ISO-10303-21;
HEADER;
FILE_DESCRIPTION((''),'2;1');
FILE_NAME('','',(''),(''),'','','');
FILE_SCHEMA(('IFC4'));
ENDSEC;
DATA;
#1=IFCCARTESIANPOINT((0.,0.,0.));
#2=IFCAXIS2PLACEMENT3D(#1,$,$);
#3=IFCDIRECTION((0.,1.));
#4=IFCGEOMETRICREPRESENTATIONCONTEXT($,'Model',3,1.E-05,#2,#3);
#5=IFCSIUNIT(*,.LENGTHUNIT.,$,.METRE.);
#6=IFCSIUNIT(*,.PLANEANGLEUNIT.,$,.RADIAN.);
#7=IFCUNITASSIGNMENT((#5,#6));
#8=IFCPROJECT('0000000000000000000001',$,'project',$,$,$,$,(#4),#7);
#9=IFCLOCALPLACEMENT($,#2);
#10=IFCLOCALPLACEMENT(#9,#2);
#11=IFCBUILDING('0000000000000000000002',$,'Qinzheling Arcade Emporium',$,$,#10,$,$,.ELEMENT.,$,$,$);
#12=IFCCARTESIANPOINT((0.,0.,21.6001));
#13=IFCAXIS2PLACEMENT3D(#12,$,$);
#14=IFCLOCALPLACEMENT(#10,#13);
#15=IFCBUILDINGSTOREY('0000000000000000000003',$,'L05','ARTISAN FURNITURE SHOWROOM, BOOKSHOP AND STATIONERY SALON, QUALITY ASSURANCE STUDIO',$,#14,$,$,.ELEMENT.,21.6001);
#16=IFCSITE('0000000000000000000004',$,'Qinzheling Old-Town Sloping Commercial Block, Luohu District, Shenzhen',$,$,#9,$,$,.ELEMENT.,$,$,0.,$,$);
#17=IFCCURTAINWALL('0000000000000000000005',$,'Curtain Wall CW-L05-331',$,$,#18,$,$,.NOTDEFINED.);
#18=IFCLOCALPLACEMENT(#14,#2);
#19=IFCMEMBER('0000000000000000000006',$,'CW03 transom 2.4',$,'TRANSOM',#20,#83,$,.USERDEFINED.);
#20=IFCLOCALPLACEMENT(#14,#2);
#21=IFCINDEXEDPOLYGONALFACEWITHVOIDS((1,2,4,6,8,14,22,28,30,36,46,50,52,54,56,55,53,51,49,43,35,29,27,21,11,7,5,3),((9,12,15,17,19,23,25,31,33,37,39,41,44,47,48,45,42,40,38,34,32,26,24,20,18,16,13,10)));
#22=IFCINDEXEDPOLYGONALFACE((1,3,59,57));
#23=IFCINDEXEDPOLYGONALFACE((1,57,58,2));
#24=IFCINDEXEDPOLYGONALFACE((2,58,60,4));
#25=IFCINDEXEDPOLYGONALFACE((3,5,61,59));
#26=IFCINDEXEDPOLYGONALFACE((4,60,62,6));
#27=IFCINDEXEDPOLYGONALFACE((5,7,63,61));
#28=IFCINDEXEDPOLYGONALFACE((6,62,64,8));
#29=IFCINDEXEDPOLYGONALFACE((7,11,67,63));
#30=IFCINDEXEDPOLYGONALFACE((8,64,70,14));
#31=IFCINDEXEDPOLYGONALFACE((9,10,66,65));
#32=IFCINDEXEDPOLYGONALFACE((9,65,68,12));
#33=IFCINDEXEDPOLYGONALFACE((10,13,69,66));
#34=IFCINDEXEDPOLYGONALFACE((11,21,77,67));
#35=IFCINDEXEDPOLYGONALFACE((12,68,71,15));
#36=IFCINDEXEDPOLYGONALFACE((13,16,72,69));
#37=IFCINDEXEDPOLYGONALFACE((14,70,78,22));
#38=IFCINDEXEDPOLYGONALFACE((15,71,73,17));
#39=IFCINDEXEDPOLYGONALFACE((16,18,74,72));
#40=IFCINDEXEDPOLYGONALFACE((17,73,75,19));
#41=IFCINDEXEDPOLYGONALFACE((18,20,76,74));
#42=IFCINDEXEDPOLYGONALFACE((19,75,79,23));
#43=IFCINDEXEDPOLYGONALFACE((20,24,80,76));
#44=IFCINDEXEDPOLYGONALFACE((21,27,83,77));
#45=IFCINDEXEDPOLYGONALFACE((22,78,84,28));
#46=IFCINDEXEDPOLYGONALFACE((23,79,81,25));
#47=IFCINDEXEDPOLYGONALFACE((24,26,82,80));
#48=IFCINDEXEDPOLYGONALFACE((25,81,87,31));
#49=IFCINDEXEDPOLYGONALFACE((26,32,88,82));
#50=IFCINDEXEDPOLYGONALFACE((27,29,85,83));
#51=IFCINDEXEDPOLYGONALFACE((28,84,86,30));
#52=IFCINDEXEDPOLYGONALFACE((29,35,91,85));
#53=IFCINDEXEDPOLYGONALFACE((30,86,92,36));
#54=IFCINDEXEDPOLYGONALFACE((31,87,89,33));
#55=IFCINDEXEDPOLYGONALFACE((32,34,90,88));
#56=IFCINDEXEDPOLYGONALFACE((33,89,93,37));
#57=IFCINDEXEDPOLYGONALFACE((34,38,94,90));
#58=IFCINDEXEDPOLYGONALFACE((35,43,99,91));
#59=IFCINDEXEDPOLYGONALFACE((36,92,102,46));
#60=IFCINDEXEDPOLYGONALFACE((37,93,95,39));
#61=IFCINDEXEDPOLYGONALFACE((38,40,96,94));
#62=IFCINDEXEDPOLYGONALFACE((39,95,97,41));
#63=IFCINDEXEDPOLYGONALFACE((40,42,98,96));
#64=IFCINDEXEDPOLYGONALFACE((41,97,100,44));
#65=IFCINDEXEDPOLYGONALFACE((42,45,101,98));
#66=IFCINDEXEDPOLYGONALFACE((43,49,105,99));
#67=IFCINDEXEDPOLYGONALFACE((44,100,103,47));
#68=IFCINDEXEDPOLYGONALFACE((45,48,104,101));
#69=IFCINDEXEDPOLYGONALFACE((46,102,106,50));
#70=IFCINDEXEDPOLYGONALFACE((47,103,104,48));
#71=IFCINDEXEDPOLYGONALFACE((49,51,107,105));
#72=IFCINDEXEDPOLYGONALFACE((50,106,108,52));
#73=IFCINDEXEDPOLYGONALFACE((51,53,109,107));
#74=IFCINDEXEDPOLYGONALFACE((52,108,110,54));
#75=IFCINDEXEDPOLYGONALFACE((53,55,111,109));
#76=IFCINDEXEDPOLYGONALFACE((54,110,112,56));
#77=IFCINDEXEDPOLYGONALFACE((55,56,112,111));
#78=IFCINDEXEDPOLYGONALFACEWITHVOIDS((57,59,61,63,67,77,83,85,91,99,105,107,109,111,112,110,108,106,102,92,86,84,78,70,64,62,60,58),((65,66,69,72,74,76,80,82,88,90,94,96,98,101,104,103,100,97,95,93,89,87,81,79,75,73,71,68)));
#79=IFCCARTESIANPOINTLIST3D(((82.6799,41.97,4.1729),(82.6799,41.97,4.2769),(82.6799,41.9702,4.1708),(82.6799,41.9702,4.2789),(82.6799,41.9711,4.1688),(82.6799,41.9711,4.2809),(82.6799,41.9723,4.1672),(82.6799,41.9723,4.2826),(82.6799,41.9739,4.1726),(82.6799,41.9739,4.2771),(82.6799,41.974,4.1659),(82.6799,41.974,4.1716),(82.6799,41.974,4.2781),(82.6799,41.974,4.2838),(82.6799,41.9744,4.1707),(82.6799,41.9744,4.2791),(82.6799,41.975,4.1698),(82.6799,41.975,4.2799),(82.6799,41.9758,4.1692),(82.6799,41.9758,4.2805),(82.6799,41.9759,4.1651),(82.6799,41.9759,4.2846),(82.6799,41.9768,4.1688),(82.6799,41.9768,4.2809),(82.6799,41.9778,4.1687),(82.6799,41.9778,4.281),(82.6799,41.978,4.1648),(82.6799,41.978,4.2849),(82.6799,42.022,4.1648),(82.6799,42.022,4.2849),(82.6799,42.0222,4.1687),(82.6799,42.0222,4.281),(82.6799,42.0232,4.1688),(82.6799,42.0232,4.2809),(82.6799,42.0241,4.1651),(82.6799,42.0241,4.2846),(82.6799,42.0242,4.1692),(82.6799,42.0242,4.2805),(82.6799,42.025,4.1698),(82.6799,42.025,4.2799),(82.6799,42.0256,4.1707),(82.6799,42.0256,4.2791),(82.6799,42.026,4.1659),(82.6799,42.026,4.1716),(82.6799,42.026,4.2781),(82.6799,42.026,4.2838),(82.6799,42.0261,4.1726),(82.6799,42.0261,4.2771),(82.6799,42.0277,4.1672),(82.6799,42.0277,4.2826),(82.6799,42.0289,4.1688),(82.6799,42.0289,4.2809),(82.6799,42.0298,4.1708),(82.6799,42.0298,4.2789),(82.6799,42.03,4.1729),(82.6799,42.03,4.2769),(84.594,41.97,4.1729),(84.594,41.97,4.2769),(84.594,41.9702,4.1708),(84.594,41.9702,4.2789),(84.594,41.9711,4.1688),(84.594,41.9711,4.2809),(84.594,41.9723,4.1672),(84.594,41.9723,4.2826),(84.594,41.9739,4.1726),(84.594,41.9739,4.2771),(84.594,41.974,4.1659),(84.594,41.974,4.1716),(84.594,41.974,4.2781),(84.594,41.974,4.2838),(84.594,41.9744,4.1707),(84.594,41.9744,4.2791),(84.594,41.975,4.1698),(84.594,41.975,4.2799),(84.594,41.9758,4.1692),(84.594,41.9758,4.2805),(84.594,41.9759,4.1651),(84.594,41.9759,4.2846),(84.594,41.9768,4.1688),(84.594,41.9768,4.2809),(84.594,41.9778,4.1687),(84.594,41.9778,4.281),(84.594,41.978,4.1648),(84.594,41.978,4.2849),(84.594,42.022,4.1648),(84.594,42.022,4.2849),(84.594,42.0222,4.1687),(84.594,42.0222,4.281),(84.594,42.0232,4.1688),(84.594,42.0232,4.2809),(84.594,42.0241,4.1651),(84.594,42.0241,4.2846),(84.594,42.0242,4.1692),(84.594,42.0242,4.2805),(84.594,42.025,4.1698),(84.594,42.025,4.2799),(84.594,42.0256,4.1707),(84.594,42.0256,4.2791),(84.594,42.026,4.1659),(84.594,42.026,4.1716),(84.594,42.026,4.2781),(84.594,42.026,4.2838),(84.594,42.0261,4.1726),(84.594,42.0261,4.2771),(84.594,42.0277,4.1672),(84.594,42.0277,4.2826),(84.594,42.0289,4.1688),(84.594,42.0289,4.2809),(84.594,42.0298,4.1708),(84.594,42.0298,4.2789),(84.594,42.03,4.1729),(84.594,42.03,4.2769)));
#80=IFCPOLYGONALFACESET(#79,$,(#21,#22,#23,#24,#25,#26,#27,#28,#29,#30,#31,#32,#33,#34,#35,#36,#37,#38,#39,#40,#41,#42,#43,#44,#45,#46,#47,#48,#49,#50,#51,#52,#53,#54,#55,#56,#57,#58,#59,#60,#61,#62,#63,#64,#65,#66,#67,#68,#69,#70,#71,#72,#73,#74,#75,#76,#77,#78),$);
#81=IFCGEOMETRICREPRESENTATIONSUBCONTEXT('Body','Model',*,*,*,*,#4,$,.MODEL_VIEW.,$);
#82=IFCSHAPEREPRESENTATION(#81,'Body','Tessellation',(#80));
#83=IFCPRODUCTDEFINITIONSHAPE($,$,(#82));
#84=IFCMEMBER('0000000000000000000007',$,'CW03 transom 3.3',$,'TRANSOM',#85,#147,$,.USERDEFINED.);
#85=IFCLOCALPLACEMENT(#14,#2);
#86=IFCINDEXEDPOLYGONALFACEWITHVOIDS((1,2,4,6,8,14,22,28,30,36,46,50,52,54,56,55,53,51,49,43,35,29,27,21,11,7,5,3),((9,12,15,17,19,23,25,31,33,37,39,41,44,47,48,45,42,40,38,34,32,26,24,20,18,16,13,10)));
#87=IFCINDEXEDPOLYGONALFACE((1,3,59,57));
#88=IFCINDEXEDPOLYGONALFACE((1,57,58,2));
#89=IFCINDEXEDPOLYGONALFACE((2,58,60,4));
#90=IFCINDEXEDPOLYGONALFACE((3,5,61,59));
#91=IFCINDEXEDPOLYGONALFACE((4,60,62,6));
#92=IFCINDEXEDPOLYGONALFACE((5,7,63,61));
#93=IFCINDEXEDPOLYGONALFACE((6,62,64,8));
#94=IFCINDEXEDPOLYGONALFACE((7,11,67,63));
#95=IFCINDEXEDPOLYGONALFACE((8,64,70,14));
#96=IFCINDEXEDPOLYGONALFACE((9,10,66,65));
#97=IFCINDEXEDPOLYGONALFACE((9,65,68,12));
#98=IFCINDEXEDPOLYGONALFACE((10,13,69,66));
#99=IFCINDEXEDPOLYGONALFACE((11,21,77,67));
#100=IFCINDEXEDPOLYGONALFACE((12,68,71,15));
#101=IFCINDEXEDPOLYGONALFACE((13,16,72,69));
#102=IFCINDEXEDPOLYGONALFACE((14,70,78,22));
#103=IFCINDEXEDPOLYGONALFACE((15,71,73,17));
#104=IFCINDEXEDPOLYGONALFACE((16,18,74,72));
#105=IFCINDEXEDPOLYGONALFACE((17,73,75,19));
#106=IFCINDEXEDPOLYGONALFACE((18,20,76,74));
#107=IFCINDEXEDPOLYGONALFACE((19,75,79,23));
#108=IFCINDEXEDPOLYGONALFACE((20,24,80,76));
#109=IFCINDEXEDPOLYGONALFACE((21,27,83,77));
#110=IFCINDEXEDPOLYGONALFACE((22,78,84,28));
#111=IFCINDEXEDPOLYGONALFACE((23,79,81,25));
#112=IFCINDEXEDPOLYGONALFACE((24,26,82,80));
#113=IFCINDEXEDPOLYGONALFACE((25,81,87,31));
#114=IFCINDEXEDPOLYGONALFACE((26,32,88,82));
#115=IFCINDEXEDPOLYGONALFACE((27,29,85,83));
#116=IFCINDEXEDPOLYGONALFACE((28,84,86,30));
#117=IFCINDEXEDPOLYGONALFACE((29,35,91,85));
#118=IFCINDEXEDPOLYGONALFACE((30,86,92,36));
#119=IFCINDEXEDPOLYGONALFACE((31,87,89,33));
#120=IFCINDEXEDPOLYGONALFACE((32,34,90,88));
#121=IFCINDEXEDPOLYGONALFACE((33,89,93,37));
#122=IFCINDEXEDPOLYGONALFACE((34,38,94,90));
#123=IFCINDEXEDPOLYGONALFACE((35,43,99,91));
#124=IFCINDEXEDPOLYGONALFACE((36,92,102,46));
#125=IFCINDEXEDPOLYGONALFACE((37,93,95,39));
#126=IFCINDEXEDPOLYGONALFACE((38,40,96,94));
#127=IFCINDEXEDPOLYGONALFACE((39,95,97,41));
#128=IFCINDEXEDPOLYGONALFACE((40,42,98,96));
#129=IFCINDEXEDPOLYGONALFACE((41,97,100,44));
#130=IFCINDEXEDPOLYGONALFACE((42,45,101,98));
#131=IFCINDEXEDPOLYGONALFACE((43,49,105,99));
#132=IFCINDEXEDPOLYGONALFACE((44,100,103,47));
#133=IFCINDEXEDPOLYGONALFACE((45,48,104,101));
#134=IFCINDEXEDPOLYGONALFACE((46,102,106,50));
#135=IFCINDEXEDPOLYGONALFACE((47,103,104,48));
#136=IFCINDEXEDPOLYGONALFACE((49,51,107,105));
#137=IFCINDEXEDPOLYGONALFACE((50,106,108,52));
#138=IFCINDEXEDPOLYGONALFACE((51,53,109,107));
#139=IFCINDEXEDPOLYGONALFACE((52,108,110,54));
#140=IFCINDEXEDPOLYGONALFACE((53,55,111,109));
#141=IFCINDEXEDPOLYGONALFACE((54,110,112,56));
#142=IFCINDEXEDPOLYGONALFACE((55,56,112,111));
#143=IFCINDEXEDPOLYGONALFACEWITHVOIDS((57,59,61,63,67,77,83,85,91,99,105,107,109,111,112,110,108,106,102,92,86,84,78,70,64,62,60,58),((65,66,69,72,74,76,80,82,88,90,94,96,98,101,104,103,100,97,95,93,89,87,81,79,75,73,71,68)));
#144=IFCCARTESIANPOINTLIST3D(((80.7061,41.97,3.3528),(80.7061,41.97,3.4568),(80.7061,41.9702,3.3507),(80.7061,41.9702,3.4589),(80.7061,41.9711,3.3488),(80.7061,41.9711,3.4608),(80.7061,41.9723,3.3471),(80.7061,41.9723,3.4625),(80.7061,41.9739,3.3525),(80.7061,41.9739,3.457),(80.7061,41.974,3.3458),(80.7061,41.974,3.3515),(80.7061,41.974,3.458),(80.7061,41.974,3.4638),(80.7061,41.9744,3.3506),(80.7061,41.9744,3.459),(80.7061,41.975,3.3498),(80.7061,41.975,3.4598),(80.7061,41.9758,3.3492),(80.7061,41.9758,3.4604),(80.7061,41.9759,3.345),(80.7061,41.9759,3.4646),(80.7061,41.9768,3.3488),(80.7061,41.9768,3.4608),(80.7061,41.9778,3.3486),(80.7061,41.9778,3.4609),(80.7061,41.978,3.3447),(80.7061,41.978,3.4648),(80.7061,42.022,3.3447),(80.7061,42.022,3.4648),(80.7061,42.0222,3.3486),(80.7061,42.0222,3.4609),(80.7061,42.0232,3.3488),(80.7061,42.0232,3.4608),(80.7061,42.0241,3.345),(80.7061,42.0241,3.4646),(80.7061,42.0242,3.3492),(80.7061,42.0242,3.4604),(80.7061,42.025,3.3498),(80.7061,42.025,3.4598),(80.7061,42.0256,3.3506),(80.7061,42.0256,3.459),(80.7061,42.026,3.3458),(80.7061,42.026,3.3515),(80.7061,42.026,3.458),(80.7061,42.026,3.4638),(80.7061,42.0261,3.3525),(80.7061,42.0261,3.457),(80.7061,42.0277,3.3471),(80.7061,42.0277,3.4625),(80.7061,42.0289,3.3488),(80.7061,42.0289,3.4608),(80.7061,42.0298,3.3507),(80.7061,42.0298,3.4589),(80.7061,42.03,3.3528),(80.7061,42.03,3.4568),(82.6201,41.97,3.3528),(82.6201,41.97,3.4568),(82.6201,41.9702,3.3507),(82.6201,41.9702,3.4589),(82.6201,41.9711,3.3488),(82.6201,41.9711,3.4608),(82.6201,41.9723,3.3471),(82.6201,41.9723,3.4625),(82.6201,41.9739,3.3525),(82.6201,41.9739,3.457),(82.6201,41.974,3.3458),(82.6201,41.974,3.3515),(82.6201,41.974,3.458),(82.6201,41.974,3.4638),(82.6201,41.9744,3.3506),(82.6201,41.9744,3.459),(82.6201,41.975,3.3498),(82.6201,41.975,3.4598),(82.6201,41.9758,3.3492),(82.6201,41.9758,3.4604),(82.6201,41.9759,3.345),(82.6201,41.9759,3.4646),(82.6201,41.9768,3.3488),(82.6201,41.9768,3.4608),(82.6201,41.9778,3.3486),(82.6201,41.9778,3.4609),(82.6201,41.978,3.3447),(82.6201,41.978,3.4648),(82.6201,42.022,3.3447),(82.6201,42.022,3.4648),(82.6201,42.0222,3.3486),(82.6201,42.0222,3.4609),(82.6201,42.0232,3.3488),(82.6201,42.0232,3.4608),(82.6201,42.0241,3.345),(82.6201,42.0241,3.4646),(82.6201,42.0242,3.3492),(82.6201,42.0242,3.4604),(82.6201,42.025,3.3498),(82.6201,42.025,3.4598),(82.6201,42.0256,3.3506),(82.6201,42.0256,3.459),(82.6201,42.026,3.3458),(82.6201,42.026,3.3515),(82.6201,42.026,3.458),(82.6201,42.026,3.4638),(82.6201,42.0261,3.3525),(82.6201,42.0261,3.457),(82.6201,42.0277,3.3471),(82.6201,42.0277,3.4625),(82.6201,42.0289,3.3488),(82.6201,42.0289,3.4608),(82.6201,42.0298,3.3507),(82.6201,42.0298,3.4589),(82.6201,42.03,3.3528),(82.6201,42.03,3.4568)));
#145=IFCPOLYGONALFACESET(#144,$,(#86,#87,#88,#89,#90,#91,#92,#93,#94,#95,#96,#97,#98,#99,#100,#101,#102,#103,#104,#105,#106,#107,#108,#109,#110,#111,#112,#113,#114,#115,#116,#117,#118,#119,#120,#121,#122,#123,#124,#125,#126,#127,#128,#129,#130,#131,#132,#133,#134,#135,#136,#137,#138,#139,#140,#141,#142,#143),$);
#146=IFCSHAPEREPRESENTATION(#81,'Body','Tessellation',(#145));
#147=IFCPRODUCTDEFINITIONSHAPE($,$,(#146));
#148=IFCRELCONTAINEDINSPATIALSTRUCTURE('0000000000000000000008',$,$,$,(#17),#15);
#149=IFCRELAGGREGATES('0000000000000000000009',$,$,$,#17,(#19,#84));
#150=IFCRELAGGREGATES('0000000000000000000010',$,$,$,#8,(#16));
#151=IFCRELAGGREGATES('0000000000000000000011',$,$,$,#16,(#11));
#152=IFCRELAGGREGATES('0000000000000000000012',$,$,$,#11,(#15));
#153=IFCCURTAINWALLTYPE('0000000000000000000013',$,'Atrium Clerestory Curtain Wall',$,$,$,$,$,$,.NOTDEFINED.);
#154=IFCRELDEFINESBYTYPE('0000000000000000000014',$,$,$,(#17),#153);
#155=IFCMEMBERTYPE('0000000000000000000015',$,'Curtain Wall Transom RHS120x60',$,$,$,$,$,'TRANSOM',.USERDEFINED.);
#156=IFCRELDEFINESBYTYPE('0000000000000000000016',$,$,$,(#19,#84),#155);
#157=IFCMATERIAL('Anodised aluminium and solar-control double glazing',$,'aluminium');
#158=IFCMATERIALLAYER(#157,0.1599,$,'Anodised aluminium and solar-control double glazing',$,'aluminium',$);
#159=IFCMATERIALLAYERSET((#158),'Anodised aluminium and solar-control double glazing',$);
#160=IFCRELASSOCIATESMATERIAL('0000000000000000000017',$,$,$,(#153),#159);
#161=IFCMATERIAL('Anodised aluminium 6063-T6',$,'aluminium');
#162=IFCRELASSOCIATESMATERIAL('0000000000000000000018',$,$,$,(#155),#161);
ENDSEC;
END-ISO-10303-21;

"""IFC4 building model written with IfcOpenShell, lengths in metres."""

from ifc_helpers import new_model, si_unit, direction, frame, origin, origin_2d, place, context, subcontext, project, spatial, hollow_rectangle, extrude, material, layer, layer_set, material_profile, profile_set, type_object, element, aggregate, save


model = new_model("IFC4")

# Units and contexts
model_context = context("Model", 3, precision=1e-05, world=origin(), true_north=direction((0.0, 1.0)))
body_context = subcontext(model_context, "Body", "Model", "MODEL_VIEW")
ifc_project = project(units=[si_unit("LENGTHUNIT", "METRE"), si_unit("PLANEANGLEUNIT", "RADIAN")], contexts=[model_context])

# Site, building, storey
site_placement = place(None, origin())
site = spatial("IfcSite", under=ifc_project, at=site_placement, Name="Qinzheling Old-Town Sloping Commercial Block, Luohu District, Shenzhen", CompositionType="ELEMENT", RefElevation=0.0)
building_placement = place(site_placement, origin())
building = spatial("IfcBuilding", under=site, at=building_placement, Name="Qinzheling Arcade Emporium", CompositionType="ELEMENT")
storey_placement = place(building_placement, frame((0.0, 0.0, 21.6001)))
storey = spatial("IfcBuildingStorey", under=building, at=storey_placement, Name="L05", Description="ARTISAN FURNITURE SHOWROOM, BOOKSHOP AND STATIONERY SALON, QUALITY ASSURANCE STUDIO", CompositionType="ELEMENT", Elevation=21.6001)

# Curtain wall
ifc_material_1 = material(Name="Anodised aluminium and solar-control double glazing", Category="aluminium")
ifc_layer_1 = layer(ifc_material_1, 0.1599, Name="Anodised aluminium and solar-control double glazing", Category="aluminium")
ifc_layer_set_1 = layer_set([ifc_layer_1], Name="Anodised aluminium and solar-control double glazing")
curtain_wall_type = type_object("IfcCurtainWallType", Name="Atrium Clerestory Curtain Wall", PredefinedType="NOTDEFINED", material=ifc_layer_set_1)
ifc_material_2 = material(Name="Anodised aluminium 6063-T6", Category="aluminium")
curtain_wall_1_placement = place(storey_placement, origin())
curtain_wall_1 = element("IfcCurtainWall", 1, at=curtain_wall_1_placement, inside=storey, type_object=curtain_wall_type, Name="Curtain Wall CW-L05-331", PredefinedType="NOTDEFINED")

# Members
ifc_material_profile_1 = material_profile(ifc_material_2, hollow_rectangle(XDim=0.0601, YDim=0.1201, WallThickness=0.0039, InnerFilletRadius=0.0039, OuterFilletRadius=0.0081, at=origin_2d()), Name="RHS 120x60x4", Category="aluminium")
ifc_profile_set_1 = profile_set([ifc_material_profile_1], Name="Anodised aluminium 6063-T6")
member_type_1 = type_object("IfcMemberType", Name="Curtain Wall Transom RHS120x60", ElementType="TRANSOM", PredefinedType="USERDEFINED", material=ifc_profile_set_1)
member_1_placement = place(storey_placement, frame((84.594, 42.0, 4.2249), z_axis=(-1.0, 0.0, 0.0), x_axis=(0.0, -1.0, 0.0)))
member_1 = element("IfcMember", 2, at=member_1_placement, type_object=member_type_1, Name="CW03 transom 2.4", ObjectType="TRANSOM", PredefinedType="USERDEFINED", context=body_context, shape_type="SweptSolid", body=[
    extrude(hollow_rectangle(XDim=0.0601, YDim=0.1201, WallThickness=0.0039, InnerFilletRadius=0.0039, OuterFilletRadius=0.0081, at=origin_2d()), origin(), (0.0, 0.0, 1.0), 1.9141),
])
member_2_placement = place(storey_placement, frame((82.6201, 42.0, 3.4048), z_axis=(-1.0, 0.0, 0.0), x_axis=(0.0, -1.0, 0.0)))
member_2 = element("IfcMember", 3, at=member_2_placement, type_object=member_type_1, Name="CW03 transom 3.3", ObjectType="TRANSOM", PredefinedType="USERDEFINED", context=body_context, shape_type="SweptSolid", body=[
    extrude(hollow_rectangle(XDim=0.0601, YDim=0.1201, WallThickness=0.0039, InnerFilletRadius=0.0039, OuterFilletRadius=0.0081, at=origin_2d()), origin(), (0.0, 0.0, 1.0), 1.9141),
])

aggregate(curtain_wall_1, [member_1, member_2])

save(model, "model.ifc")
